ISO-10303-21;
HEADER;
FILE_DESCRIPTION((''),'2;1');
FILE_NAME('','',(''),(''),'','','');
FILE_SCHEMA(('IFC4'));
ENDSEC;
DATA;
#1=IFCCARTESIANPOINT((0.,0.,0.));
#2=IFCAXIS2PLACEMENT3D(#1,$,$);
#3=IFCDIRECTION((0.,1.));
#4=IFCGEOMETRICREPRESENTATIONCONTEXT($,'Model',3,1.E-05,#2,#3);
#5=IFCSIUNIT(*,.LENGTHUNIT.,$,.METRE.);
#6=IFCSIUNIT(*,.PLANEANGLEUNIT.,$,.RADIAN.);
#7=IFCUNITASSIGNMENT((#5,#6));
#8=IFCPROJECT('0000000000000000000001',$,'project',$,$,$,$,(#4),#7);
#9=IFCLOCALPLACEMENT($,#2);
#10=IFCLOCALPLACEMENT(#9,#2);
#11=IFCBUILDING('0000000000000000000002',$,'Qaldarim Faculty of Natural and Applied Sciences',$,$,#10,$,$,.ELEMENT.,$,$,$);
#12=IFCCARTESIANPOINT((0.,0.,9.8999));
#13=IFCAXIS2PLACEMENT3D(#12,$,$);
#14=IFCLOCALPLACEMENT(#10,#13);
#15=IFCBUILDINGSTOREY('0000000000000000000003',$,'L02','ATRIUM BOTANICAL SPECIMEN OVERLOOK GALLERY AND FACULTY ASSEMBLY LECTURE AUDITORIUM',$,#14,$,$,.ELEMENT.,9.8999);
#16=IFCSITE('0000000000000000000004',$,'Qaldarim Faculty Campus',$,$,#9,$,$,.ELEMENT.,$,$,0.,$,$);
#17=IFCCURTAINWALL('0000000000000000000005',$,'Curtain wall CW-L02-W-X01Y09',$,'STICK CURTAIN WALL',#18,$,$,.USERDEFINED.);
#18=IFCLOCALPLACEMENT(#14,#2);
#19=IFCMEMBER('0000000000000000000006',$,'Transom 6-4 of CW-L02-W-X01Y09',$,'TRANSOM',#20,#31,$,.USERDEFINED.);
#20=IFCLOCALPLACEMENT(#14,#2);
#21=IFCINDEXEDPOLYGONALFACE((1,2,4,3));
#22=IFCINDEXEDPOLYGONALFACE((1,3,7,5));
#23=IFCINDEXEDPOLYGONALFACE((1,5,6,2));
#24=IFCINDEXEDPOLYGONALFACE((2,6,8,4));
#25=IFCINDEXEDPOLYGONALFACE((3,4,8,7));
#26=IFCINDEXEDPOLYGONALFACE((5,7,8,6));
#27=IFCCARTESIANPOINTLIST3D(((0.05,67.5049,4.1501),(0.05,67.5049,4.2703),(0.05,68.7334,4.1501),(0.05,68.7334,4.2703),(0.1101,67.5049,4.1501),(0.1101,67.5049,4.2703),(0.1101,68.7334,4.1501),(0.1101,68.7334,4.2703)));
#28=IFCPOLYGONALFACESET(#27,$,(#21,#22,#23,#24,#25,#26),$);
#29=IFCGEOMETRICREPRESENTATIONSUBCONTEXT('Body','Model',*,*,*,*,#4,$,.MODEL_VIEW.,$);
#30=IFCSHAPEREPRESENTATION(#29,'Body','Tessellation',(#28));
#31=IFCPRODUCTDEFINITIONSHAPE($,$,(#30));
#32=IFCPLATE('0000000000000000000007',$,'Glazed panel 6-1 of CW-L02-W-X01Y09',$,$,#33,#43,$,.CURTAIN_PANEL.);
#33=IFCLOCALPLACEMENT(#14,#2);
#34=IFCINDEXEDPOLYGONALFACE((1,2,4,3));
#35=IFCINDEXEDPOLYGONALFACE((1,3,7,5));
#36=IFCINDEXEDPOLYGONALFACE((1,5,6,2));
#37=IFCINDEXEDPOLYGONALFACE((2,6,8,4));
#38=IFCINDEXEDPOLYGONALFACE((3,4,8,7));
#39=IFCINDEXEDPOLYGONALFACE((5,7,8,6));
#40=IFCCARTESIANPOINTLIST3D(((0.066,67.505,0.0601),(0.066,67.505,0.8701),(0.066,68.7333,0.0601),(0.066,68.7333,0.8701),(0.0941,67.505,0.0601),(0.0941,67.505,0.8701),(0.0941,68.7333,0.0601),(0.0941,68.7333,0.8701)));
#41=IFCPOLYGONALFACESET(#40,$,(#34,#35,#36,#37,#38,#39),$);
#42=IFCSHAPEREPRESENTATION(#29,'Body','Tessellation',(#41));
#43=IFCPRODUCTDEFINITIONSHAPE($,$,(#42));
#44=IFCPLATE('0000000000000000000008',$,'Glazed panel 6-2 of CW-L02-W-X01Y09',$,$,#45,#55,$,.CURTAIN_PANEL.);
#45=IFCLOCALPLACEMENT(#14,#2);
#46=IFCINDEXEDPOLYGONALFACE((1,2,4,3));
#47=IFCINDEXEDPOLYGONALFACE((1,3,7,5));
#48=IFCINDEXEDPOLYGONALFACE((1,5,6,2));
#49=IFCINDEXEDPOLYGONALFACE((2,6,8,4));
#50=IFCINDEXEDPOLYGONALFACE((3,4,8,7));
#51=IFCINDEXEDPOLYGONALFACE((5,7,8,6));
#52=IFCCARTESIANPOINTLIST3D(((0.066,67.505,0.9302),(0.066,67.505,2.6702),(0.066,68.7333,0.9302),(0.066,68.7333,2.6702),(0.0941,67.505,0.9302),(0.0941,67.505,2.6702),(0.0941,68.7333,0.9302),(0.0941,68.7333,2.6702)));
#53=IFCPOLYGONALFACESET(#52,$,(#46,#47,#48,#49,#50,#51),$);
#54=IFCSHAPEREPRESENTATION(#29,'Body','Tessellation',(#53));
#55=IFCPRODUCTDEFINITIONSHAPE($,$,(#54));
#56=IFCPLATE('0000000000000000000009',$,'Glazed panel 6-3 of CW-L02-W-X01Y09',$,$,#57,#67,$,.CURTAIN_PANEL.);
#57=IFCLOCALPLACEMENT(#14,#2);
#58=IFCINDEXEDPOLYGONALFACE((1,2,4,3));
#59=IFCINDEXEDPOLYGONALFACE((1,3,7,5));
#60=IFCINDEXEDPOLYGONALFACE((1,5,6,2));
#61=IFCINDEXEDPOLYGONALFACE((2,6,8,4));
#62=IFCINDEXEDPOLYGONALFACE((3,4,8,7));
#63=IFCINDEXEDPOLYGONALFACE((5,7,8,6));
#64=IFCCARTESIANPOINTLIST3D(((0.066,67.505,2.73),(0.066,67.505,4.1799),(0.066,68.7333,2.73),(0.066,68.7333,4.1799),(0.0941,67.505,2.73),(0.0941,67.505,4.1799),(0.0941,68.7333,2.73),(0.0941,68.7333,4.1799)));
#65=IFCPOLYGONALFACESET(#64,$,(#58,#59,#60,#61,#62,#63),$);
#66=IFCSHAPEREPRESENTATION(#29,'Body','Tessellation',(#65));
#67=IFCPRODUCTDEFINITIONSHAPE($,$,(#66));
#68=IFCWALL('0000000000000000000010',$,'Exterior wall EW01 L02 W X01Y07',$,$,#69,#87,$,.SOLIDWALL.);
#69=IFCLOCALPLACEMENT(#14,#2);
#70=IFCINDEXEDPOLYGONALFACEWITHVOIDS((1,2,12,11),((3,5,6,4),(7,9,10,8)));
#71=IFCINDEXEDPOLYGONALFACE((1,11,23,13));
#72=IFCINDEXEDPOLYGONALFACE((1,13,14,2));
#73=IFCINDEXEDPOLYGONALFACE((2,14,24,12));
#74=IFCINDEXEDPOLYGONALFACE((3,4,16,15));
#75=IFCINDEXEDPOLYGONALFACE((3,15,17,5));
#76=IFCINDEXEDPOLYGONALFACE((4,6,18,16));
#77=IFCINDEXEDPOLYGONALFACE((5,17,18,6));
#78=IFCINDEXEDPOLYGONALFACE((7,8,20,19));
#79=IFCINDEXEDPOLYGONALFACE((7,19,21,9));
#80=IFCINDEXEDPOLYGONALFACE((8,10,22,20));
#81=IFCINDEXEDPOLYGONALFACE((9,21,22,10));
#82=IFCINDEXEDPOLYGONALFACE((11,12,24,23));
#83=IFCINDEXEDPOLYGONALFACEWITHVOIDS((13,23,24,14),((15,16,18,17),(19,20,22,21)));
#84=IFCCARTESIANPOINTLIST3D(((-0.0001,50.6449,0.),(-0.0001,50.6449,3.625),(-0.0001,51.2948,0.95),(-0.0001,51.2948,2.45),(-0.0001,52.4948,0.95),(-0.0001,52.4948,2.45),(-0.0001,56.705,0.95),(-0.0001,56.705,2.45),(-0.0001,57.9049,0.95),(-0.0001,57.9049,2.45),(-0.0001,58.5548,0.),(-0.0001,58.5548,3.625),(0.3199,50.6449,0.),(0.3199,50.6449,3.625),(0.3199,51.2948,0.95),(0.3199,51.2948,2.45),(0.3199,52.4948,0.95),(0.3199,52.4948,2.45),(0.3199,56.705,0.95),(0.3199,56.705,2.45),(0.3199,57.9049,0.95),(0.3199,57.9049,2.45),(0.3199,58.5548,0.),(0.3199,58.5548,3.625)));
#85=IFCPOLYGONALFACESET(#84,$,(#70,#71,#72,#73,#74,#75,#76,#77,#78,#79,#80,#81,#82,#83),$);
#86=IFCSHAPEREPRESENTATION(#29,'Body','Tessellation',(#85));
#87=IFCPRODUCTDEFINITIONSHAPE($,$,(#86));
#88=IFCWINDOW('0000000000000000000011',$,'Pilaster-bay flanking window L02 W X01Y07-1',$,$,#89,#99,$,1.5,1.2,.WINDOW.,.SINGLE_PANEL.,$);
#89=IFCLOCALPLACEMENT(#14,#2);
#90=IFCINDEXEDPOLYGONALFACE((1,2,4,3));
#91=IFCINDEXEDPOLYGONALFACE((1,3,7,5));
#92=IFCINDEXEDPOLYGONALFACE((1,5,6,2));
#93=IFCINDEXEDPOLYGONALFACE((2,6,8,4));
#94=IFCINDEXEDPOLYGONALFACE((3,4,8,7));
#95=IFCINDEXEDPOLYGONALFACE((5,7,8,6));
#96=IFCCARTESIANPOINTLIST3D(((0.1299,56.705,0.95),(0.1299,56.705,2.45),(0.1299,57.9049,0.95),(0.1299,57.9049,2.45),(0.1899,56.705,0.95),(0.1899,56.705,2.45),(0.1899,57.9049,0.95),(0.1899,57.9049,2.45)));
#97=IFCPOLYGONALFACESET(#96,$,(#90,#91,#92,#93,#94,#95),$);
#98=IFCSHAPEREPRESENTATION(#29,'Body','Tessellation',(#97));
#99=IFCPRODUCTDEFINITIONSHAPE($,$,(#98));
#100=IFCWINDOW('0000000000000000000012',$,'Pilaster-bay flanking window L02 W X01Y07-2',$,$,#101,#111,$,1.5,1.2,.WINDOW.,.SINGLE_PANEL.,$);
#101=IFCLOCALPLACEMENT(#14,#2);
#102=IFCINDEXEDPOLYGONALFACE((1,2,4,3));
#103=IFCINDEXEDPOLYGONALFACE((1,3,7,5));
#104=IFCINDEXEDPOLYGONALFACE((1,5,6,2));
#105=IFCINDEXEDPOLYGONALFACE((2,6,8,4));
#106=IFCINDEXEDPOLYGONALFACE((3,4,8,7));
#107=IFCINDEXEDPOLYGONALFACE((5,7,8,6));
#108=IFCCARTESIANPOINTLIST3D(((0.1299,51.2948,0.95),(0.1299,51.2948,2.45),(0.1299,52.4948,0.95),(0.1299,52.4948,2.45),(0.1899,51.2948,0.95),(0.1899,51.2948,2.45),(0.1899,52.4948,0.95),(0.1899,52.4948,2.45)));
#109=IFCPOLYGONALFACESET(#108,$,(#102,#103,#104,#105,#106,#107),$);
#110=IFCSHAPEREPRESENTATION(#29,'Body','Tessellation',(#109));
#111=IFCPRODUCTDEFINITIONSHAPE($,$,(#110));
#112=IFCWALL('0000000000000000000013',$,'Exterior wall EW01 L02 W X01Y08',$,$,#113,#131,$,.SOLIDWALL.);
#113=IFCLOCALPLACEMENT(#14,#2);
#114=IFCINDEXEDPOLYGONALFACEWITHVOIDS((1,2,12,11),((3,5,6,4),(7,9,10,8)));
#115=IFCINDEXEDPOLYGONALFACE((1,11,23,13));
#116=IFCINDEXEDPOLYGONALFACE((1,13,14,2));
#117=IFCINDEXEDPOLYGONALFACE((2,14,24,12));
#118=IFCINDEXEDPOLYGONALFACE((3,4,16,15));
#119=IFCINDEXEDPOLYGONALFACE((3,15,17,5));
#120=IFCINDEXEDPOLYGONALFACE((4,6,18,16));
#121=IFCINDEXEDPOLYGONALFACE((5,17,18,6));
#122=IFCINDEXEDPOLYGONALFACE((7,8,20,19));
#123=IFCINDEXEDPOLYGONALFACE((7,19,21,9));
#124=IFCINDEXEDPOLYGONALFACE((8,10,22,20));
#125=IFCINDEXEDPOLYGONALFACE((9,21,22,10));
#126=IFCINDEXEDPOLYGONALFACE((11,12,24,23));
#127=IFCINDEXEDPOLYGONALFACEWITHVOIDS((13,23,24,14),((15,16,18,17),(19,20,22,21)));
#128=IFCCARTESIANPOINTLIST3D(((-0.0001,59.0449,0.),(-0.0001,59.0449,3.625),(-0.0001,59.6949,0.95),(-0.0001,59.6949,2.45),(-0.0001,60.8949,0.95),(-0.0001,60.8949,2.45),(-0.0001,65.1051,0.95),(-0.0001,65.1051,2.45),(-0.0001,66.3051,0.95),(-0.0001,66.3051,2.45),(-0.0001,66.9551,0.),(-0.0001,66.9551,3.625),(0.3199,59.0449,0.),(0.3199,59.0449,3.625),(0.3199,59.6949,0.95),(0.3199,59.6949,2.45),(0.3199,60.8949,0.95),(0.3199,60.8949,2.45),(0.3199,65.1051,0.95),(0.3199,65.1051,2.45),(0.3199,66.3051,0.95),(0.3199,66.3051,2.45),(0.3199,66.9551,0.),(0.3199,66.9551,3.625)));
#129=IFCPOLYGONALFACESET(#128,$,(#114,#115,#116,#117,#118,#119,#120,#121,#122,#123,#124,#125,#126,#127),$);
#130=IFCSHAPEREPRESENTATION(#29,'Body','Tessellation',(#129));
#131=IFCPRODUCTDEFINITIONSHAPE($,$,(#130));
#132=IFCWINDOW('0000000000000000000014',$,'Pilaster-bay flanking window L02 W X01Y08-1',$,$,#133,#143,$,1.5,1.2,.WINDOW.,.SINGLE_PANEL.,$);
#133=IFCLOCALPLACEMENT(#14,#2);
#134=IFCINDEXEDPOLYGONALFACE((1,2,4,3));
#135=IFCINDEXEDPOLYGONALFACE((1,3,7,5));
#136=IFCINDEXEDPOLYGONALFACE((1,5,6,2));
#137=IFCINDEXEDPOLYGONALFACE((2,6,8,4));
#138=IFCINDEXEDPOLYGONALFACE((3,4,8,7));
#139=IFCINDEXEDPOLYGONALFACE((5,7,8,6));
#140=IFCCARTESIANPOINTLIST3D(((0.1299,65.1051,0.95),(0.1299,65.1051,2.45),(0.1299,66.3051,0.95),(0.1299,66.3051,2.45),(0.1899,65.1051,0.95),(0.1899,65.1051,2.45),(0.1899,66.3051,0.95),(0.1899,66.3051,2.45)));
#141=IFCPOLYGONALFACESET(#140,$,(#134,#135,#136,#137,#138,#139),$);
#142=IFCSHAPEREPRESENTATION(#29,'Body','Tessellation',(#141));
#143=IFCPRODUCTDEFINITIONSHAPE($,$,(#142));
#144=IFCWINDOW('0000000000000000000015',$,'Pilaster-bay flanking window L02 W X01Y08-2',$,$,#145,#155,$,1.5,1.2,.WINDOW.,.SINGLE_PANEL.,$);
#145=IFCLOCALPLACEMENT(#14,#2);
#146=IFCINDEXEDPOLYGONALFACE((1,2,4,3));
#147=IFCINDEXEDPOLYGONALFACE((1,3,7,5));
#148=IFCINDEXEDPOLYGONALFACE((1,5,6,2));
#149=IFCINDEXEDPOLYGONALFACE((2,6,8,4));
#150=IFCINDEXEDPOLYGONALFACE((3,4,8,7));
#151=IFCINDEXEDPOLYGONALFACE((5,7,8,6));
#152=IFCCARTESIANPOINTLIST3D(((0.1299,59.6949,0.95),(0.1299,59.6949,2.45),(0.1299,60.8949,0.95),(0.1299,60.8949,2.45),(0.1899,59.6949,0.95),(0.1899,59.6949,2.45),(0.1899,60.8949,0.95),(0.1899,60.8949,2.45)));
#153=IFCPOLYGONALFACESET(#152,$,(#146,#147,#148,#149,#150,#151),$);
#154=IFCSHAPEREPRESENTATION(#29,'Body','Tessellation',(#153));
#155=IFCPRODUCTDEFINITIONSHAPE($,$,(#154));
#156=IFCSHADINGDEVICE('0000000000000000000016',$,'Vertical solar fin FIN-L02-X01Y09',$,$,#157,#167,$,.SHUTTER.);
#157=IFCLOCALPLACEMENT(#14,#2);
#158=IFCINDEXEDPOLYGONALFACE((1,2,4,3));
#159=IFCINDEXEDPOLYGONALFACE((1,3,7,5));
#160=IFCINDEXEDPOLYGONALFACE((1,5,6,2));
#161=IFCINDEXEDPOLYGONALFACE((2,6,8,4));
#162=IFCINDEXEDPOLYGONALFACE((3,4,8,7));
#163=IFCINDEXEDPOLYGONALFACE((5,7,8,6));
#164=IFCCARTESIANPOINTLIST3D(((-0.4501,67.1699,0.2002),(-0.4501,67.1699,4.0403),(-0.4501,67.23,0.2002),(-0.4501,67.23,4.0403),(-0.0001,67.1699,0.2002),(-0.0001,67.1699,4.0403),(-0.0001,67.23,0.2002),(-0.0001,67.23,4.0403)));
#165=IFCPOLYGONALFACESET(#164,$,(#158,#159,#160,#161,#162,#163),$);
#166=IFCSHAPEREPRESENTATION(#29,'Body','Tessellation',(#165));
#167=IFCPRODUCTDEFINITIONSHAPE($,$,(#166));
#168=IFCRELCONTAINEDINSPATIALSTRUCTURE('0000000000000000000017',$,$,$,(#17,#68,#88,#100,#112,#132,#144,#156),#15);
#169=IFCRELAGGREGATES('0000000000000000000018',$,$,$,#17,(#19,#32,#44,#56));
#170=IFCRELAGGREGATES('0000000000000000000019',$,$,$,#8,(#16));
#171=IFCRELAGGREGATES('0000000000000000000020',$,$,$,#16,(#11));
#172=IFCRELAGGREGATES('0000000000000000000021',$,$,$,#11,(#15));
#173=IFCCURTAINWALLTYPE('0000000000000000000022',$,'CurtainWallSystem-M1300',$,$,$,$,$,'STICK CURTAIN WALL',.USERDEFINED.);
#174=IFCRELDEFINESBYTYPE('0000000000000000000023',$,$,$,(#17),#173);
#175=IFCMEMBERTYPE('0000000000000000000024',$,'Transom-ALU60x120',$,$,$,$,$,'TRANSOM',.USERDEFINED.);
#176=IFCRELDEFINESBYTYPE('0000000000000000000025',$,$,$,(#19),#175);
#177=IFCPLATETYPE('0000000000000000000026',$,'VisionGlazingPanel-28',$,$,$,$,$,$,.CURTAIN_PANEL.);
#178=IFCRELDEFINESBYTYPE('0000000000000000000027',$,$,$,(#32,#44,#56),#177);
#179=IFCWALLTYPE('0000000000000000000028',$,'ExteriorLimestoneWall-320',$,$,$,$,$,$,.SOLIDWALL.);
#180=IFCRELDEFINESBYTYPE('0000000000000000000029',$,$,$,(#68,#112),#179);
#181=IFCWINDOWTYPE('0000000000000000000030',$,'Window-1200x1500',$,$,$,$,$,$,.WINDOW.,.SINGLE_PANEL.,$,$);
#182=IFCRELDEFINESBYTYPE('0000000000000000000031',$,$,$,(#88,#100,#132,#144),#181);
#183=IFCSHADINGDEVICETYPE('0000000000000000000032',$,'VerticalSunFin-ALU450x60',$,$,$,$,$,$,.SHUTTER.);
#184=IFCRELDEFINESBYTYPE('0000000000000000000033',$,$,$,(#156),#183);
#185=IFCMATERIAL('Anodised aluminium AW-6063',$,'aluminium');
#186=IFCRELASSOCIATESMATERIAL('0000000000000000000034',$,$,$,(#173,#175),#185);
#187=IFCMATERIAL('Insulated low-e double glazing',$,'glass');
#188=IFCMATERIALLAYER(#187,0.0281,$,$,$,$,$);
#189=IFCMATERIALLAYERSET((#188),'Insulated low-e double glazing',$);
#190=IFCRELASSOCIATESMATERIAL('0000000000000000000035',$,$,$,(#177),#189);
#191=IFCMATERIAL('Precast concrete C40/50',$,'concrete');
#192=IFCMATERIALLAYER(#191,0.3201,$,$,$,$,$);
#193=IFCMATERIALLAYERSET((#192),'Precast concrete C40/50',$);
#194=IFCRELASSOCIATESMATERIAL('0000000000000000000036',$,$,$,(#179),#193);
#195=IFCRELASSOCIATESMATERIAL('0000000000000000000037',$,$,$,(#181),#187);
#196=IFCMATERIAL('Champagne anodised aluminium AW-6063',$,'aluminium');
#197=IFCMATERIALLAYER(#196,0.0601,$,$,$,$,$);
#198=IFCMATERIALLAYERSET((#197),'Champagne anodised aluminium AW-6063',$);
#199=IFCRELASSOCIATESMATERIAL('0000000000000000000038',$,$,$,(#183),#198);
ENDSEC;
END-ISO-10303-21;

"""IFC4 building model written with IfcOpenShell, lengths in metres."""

from ifc_helpers import new_model, si_unit, direction, frame, frame_2d, origin, origin_2d, place, context, subcontext, project, spatial, rectangle, extrude, material, layer, layer_set, material_profile, profile_set, type_object, element, fill, aggregate, save


model = new_model("IFC4")

# Units and contexts
model_context = context("Model", 3, precision=1e-05, world=origin(), true_north=direction((0.0, 1.0)))
body_context = subcontext(model_context, "Body", "Model", "MODEL_VIEW")
ifc_project = project(units=[si_unit("LENGTHUNIT", "METRE"), si_unit("PLANEANGLEUNIT", "RADIAN")], contexts=[model_context])

# Site, building, storey
site_placement = place(None, origin())
site = spatial("IfcSite", under=ifc_project, at=site_placement, Name="Qaldarim Faculty Campus", CompositionType="ELEMENT", RefElevation=0.0)
building_placement = place(site_placement, origin())
building = spatial("IfcBuilding", under=site, at=building_placement, Name="Qaldarim Faculty of Natural and Applied Sciences", CompositionType="ELEMENT")
storey_placement = place(building_placement, frame((0.0, 0.0, 9.8999)))
storey = spatial("IfcBuildingStorey", under=building, at=storey_placement, Name="L02", Description="ATRIUM BOTANICAL SPECIMEN OVERLOOK GALLERY AND FACULTY ASSEMBLY LECTURE AUDITORIUM", CompositionType="ELEMENT", Elevation=9.8999)

# Curtain wall
ifc_material_1 = material(Name="Anodised aluminium AW-6063", Category="aluminium")
curtain_wall_type = type_object("IfcCurtainWallType", Name="CurtainWallSystem-M1300", ElementType="STICK CURTAIN WALL", PredefinedType="USERDEFINED", material=ifc_material_1)
curtain_wall_placement = place(storey_placement, origin())
curtain_wall = element("IfcCurtainWall", 1, at=curtain_wall_placement, inside=storey, type_object=curtain_wall_type, Name="Curtain wall CW-L02-W-X01Y09", ObjectType="STICK CURTAIN WALL", PredefinedType="USERDEFINED")

# Member
ifc_material_profile_1 = material_profile(ifc_material_1, rectangle(XDim=0.0601, YDim=0.1201, at=origin_2d()), Name="ALU-T60x120")
ifc_profile_set_1 = profile_set([ifc_material_profile_1], Name="Anodised aluminium AW-6063")
member_type_1 = type_object("IfcMemberType", Name="Transom-ALU60x120", ElementType="TRANSOM", PredefinedType="USERDEFINED", material=ifc_profile_set_1)
member_1_placement = place(storey_placement, frame((0.0801, 68.7334, 4.2102), z_axis=(0.0, -1.0, 0.0), x_axis=(1.0, 0.0, 0.0)))
member_1 = element("IfcMember", 2, at=member_1_placement, type_object=member_type_1, Name="Transom 6-4 of CW-L02-W-X01Y09", ObjectType="TRANSOM", PredefinedType="USERDEFINED", context=body_context, shape_type="SweptSolid", body=[
    extrude(rectangle(XDim=0.0601, YDim=0.1201, at=origin_2d()), origin(), (0.0, 0.0, 1.0), 1.2285),
])

# Plates
ifc_material_2 = material(Name="Insulated low-e double glazing", Category="glass")
ifc_layer_1 = layer(ifc_material_2, 0.0281)
ifc_layer_set_1 = layer_set([ifc_layer_1], Name="Insulated low-e double glazing")
plate_type = type_object("IfcPlateType", Name="VisionGlazingPanel-28", PredefinedType="CURTAIN_PANEL", material=ifc_layer_set_1)
plate_1_placement = place(storey_placement, frame((0.0801, 68.1191, 0.0601), z_axis=(0.0, 0.0, 1.0), x_axis=(0.0, -1.0, 0.0)))
plate_1 = element("IfcPlate", 3, at=plate_1_placement, type_object=plate_type, Name="Glazed panel 6-1 of CW-L02-W-X01Y09", PredefinedType="CURTAIN_PANEL", context=body_context, shape_type="SweptSolid", body=[
    extrude(rectangle(XDim=1.2283, YDim=0.0281, at=origin_2d()), origin(), (0.0, 0.0, 1.0), 0.8101),
])
plate_2_placement = place(storey_placement, frame((0.0801, 68.1191, 0.9302), z_axis=(0.0, 0.0, 1.0), x_axis=(0.0, -1.0, 0.0)))
plate_2 = element("IfcPlate", 4, at=plate_2_placement, type_object=plate_type, Name="Glazed panel 6-2 of CW-L02-W-X01Y09", PredefinedType="CURTAIN_PANEL", context=body_context, shape_type="SweptSolid", body=[
    extrude(rectangle(XDim=1.2283, YDim=0.0281, at=origin_2d()), origin(), (0.0, 0.0, 1.0), 1.74),
])
plate_3_placement = place(storey_placement, frame((0.0801, 68.1191, 2.73), z_axis=(0.0, 0.0, 1.0), x_axis=(0.0, -1.0, 0.0)))
plate_3 = element("IfcPlate", 5, at=plate_3_placement, type_object=plate_type, Name="Glazed panel 6-3 of CW-L02-W-X01Y09", PredefinedType="CURTAIN_PANEL", context=body_context, shape_type="SweptSolid", body=[
    extrude(rectangle(XDim=1.2283, YDim=0.0281, at=origin_2d()), origin(), (0.0, 0.0, 1.0), 1.45),
])
aggregate(curtain_wall, [member_1, plate_1, plate_2, plate_3])

# Walls, openings, windows
ifc_material_3 = material(Name="Precast concrete C40/50", Category="concrete")
ifc_layer_2 = layer(ifc_material_3, 0.3201)
ifc_layer_set_2 = layer_set([ifc_layer_2], Name="Precast concrete C40/50")
wall_type = type_object("IfcWallType", Name="ExteriorLimestoneWall-320", PredefinedType="SOLIDWALL", material=ifc_layer_set_2)
wall_1_placement = place(storey_placement, frame((0.1599, 58.5549, 0.0), z_axis=(0.0, 0.0, 1.0), x_axis=(0.0, -1.0, 0.0)))
wall_1 = element("IfcWall", 6, at=wall_1_placement, inside=storey, type_object=wall_type, Name="Exterior wall EW01 L02 W X01Y07", PredefinedType="SOLIDWALL", context=body_context, shape_type="SweptSolid", body=[
    extrude(rectangle(XDim=7.9099, YDim=0.3201, at=frame_2d((3.9551, 0.0))), origin(), (0.0, 0.0, 1.0), 3.625),
])
opening_1_placement = place(wall_1_placement, frame((0.6499, 0.0, 0.95)))
opening_1 = element("IfcOpeningElement", 7, at=opening_1_placement, cuts=wall_1, PredefinedType="OPENING", context=body_context, shape_type="SweptSolid", body=[
    extrude(rectangle(XDim=1.2, YDim=1.5, at=frame_2d((0.6001, 0.75))), frame((0.0, 0.1699, 0.0), z_axis=(0.0, -1.0, 0.0), x_axis=(1.0, 0.0, 0.0)), (0.0, 0.0, 1.0), 0.3401),
])
opening_2_placement = place(wall_1_placement, frame((6.0601, 0.0, 0.95)))
opening_2 = element("IfcOpeningElement", 8, at=opening_2_placement, cuts=wall_1, PredefinedType="OPENING", context=body_context, shape_type="SweptSolid", body=[
    extrude(rectangle(XDim=1.2, YDim=1.5, at=frame_2d((0.6001, 0.75))), frame((0.0, 0.1699, 0.0), z_axis=(0.0, -1.0, 0.0), x_axis=(1.0, 0.0, 0.0)), (0.0, 0.0, 1.0), 0.3401),
])
window_type = type_object("IfcWindowType", Name="Window-1200x1500", PartitioningType="SINGLE_PANEL", PredefinedType="WINDOW", material=ifc_material_2)
window_1_placement = place(opening_1_placement, origin())
window_1 = element("IfcWindow", 9, at=window_1_placement, inside=storey, type_object=window_type, Name="Pilaster-bay flanking window L02 W X01Y07-1", OverallHeight=1.5, OverallWidth=1.2, PartitioningType="SINGLE_PANEL", PredefinedType="WINDOW", context=body_context, shape_type="SweptSolid", body=[
    extrude(rectangle(XDim=1.2, YDim=1.5, at=frame_2d((0.6001, 0.75))), frame((0.0, 0.03, 0.0), z_axis=(0.0, -1.0, 0.0), x_axis=(1.0, 0.0, 0.0)), (0.0, 0.0, 1.0), 0.0601),
])
fill(opening_1, window_1)
window_2_placement = place(opening_2_placement, origin())
window_2 = element("IfcWindow", 10, at=window_2_placement, inside=storey, type_object=window_type, Name="Pilaster-bay flanking window L02 W X01Y07-2", OverallHeight=1.5, OverallWidth=1.2, PartitioningType="SINGLE_PANEL", PredefinedType="WINDOW", context=body_context, shape_type="SweptSolid", body=[
    extrude(rectangle(XDim=1.2, YDim=1.5, at=frame_2d((0.6001, 0.75))), frame((0.0, 0.03, 0.0), z_axis=(0.0, -1.0, 0.0), x_axis=(1.0, 0.0, 0.0)), (0.0, 0.0, 1.0), 0.0601),
])
fill(opening_2, window_2)
wall_2_placement = place(storey_placement, frame((0.1599, 66.9551, 0.0), z_axis=(0.0, 0.0, 1.0), x_axis=(0.0, -1.0, 0.0)))
wall_2 = element("IfcWall", 11, at=wall_2_placement, inside=storey, type_object=wall_type, Name="Exterior wall EW01 L02 W X01Y08", PredefinedType="SOLIDWALL", context=body_context, shape_type="SweptSolid", body=[
    extrude(rectangle(XDim=7.9102, YDim=0.3201, at=frame_2d((3.9551, 0.0))), origin(), (0.0, 0.0, 1.0), 3.625),
])
opening_3_placement = place(wall_2_placement, frame((0.6499, 0.0, 0.95)))
opening_3 = element("IfcOpeningElement", 12, at=opening_3_placement, cuts=wall_2, PredefinedType="OPENING", context=body_context, shape_type="SweptSolid", body=[
    extrude(rectangle(XDim=1.2, YDim=1.5, at=frame_2d((0.6001, 0.75))), frame((0.0, 0.1699, 0.0), z_axis=(0.0, -1.0, 0.0), x_axis=(1.0, 0.0, 0.0)), (0.0, 0.0, 1.0), 0.3401),
])
opening_4_placement = place(wall_2_placement, frame((6.0601, 0.0, 0.95)))
opening_4 = element("IfcOpeningElement", 13, at=opening_4_placement, cuts=wall_2, PredefinedType="OPENING", context=body_context, shape_type="SweptSolid", body=[
    extrude(rectangle(XDim=1.2, YDim=1.5, at=frame_2d((0.6001, 0.75))), frame((0.0, 0.1699, 0.0), z_axis=(0.0, -1.0, 0.0), x_axis=(1.0, 0.0, 0.0)), (0.0, 0.0, 1.0), 0.3401),
])
window_3_placement = place(opening_3_placement, origin())
window_3 = element("IfcWindow", 14, at=window_3_placement, inside=storey, type_object=window_type, Name="Pilaster-bay flanking window L02 W X01Y08-1", OverallHeight=1.5, OverallWidth=1.2, PartitioningType="SINGLE_PANEL", PredefinedType="WINDOW", context=body_context, shape_type="SweptSolid", body=[
    extrude(rectangle(XDim=1.2, YDim=1.5, at=frame_2d((0.6001, 0.75))), frame((0.0, 0.03, 0.0), z_axis=(0.0, -1.0, 0.0), x_axis=(1.0, 0.0, 0.0)), (0.0, 0.0, 1.0), 0.0601),
])
fill(opening_3, window_3)
window_4_placement = place(opening_4_placement, origin())
window_4 = element("IfcWindow", 15, at=window_4_placement, inside=storey, type_object=window_type, Name="Pilaster-bay flanking window L02 W X01Y08-2", OverallHeight=1.5, OverallWidth=1.2, PartitioningType="SINGLE_PANEL", PredefinedType="WINDOW", context=body_context, shape_type="SweptSolid", body=[
    extrude(rectangle(XDim=1.2, YDim=1.5, at=frame_2d((0.6001, 0.75))), frame((0.0, 0.03, 0.0), z_axis=(0.0, -1.0, 0.0), x_axis=(1.0, 0.0, 0.0)), (0.0, 0.0, 1.0), 0.0601),
])
fill(opening_4, window_4)

# Shading device
ifc_material_4 = material(Name="Champagne anodised aluminium AW-6063", Category="aluminium")
ifc_layer_3 = layer(ifc_material_4, 0.0601)
ifc_layer_set_3 = layer_set([ifc_layer_3], Name="Champagne anodised aluminium AW-6063")
shading_device_type = type_object("IfcShadingDeviceType", Name="VerticalSunFin-ALU450x60", PredefinedType="SHUTTER", material=ifc_layer_set_3)
shading_device_placement = place(storey_placement, frame((-0.2251, 67.2, 0.2002), z_axis=(0.0, 0.0, 1.0), x_axis=(1.0, 0.0, 0.0)))
element("IfcShadingDevice", 16, at=shading_device_placement, inside=storey, type_object=shading_device_type, Name="Vertical solar fin FIN-L02-X01Y09", PredefinedType="SHUTTER", context=body_context, shape_type="SweptSolid", body=[
    extrude(rectangle(XDim=0.45, YDim=0.0601, at=origin_2d()), origin(), (0.0, 0.0, 1.0), 3.8401),
])

save(model, "model.ifc")
